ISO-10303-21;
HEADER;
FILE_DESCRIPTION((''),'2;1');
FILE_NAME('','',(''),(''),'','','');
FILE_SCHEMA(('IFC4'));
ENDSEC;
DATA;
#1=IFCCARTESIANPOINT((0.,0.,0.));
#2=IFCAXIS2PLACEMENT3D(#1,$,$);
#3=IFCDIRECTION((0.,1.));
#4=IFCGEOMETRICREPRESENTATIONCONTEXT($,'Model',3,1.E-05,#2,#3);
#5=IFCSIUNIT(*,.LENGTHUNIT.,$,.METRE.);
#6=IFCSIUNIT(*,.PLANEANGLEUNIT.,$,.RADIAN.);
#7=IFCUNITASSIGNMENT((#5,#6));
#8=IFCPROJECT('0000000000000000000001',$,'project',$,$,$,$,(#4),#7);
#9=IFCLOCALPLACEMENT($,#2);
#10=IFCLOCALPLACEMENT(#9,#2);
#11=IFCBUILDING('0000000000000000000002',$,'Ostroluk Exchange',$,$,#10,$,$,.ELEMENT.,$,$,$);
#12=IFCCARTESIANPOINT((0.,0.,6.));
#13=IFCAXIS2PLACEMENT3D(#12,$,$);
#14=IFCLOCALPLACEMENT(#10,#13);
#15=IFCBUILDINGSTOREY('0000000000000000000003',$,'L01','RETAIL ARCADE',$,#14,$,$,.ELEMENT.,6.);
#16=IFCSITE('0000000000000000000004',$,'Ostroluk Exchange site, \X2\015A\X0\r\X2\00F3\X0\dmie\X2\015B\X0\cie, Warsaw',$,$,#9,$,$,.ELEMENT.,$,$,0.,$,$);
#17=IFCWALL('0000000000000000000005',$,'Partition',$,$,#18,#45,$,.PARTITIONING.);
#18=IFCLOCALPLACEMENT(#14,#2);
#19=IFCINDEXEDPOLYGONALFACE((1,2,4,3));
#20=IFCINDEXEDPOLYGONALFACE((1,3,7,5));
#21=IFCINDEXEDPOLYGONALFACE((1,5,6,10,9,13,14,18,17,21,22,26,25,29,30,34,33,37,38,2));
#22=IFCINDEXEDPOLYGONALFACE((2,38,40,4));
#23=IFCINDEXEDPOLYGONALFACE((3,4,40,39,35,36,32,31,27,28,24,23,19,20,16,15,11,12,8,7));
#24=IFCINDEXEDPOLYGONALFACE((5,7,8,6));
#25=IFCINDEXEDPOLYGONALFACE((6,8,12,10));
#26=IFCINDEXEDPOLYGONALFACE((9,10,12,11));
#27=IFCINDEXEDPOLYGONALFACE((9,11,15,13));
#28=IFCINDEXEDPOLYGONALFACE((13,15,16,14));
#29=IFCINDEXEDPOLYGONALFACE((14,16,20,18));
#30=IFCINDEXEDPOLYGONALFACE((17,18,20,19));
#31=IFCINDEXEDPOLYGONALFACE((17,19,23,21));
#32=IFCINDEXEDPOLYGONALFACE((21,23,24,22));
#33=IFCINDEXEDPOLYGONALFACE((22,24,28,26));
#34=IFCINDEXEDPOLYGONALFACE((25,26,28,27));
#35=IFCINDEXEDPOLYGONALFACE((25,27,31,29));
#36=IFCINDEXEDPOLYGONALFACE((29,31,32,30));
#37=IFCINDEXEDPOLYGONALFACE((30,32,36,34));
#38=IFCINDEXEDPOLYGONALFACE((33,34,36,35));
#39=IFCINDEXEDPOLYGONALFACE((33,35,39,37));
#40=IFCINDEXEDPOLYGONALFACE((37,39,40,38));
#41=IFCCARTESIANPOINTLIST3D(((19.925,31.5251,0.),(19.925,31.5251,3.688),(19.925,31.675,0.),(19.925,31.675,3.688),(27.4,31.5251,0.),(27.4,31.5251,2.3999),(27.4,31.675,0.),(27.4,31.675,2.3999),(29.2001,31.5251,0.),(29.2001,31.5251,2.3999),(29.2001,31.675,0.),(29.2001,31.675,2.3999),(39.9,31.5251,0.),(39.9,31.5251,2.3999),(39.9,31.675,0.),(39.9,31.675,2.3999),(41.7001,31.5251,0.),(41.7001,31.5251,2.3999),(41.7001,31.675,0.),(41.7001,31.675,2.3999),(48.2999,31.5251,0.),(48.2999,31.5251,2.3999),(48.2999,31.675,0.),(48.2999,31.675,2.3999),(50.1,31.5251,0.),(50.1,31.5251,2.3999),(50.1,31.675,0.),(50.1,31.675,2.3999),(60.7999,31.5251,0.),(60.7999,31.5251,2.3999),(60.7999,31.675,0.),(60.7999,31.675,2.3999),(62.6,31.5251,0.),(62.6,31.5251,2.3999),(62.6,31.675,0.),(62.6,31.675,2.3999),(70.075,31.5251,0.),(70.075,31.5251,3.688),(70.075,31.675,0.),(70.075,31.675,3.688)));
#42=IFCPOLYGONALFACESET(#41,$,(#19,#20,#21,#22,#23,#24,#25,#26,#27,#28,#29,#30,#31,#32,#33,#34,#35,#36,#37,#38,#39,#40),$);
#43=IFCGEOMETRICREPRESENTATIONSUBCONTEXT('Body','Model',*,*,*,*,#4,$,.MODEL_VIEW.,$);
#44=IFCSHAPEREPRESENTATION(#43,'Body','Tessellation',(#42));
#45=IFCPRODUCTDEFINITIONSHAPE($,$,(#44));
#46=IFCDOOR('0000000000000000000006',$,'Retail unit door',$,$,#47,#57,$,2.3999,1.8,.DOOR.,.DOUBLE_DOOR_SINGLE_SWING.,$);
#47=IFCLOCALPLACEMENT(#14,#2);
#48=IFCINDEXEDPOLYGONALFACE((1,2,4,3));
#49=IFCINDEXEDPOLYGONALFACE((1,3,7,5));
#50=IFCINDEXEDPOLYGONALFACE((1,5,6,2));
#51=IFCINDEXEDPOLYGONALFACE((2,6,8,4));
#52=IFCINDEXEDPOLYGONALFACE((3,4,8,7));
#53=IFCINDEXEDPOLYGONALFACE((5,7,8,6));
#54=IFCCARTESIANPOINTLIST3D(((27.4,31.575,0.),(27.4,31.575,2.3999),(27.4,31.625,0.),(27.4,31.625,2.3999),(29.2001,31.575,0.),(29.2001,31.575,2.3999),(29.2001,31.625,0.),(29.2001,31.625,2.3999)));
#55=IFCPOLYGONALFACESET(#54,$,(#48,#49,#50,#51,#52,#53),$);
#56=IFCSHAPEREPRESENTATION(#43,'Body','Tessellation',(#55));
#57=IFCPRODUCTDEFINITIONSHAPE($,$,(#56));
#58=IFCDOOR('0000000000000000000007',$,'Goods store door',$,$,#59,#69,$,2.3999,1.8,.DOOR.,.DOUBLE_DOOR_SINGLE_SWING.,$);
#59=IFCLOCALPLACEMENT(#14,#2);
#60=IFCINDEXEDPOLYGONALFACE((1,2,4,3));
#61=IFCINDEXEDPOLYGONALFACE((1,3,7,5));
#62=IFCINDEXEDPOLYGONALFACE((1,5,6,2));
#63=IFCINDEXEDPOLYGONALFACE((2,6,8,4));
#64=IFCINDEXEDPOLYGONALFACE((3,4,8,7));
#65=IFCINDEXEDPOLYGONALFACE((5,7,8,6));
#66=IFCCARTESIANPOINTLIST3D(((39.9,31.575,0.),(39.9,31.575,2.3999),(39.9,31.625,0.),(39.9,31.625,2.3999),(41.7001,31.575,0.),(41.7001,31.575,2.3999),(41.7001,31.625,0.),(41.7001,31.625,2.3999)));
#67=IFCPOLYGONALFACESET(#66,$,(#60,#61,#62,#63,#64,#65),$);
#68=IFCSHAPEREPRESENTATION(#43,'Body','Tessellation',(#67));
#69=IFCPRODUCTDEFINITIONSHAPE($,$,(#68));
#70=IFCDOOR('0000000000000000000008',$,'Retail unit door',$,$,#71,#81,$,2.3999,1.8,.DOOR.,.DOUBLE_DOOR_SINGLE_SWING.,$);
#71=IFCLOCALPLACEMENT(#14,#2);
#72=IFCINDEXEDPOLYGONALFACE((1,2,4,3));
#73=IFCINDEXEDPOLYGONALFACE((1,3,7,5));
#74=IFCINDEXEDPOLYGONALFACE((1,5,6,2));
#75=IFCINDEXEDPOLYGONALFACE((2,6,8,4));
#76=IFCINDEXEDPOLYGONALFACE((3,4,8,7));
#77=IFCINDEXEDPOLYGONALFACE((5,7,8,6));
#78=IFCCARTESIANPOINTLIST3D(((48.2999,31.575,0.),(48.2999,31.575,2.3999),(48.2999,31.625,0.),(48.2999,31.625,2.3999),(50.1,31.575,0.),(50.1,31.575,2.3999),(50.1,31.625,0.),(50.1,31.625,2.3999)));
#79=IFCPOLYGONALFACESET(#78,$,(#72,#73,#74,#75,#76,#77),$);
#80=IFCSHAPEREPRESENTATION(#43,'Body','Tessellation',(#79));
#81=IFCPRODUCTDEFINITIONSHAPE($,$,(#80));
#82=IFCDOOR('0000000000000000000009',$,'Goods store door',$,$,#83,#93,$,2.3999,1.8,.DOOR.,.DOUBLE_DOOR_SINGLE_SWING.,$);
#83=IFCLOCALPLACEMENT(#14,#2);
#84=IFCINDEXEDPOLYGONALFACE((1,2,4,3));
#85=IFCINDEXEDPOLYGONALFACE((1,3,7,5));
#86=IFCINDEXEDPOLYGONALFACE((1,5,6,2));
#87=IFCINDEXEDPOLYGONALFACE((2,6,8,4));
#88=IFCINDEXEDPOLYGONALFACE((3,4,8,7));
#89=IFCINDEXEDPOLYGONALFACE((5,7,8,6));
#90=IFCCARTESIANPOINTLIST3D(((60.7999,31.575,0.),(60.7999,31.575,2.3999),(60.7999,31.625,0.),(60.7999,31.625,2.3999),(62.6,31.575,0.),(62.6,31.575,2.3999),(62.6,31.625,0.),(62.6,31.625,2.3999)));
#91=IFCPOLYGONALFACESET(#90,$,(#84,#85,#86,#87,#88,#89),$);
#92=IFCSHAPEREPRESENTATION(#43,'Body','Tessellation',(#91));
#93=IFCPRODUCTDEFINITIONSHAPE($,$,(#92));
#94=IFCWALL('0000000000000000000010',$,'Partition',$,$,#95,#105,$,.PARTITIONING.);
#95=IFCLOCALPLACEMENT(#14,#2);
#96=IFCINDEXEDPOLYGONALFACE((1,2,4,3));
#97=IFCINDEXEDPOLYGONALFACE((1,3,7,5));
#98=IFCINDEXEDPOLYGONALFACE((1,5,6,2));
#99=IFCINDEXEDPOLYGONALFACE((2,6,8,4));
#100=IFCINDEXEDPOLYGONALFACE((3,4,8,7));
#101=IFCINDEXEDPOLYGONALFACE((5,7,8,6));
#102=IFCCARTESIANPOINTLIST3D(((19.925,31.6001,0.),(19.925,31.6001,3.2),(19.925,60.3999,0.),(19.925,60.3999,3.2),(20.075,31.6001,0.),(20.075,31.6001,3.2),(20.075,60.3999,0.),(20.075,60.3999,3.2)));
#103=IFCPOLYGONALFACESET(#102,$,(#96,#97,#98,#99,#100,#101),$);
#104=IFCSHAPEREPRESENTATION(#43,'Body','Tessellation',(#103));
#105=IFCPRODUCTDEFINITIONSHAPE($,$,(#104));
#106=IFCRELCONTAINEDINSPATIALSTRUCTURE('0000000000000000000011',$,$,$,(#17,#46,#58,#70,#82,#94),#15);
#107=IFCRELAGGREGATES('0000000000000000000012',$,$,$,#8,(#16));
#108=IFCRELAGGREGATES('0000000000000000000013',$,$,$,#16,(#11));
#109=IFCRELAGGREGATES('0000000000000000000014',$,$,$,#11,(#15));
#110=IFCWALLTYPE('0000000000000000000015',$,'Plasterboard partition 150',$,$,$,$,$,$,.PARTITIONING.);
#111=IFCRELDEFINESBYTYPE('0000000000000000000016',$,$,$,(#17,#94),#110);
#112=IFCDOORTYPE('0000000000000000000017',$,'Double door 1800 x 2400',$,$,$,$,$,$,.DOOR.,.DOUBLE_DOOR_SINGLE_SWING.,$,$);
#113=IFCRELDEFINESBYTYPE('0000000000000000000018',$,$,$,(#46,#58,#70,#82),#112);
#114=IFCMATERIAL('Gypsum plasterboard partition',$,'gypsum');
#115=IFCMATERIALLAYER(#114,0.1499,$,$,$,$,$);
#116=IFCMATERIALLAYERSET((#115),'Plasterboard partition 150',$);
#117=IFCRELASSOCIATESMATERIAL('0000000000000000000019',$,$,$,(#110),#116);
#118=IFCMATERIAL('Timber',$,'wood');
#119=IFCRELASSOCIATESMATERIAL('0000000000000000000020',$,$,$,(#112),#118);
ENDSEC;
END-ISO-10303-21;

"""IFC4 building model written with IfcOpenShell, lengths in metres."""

from ifc_helpers import new_model, si_unit, direction, frame, frame_2d, origin, place, context, subcontext, project, spatial, rectangle, extrude, material, layer, layer_set, type_object, element, fill, save


model = new_model("IFC4")

# Units and contexts
model_context = context("Model", 3, precision=1e-05, world=origin(), true_north=direction((0.0, 1.0)))
body_context = subcontext(model_context, "Body", "Model", "MODEL_VIEW")
ifc_project = project(units=[si_unit("LENGTHUNIT", "METRE"), si_unit("PLANEANGLEUNIT", "RADIAN")], contexts=[model_context])

# Site, building, storey
site_placement = place(None, origin())
site = spatial("IfcSite", under=ifc_project, at=site_placement, Name="Ostroluk Exchange site, Śródmieście, Warsaw", CompositionType="ELEMENT", RefElevation=0.0)
building_placement = place(site_placement, origin())
building = spatial("IfcBuilding", under=site, at=building_placement, Name="Ostroluk Exchange", CompositionType="ELEMENT")
storey_placement = place(building_placement, frame((0.0, 0.0, 6.0)))
storey = spatial("IfcBuildingStorey", under=building, at=storey_placement, Name="L01", Description="RETAIL ARCADE", CompositionType="ELEMENT", Elevation=6.0)

# Wall, openings, doors
ifc_material_1 = material(Name="Gypsum plasterboard partition", Category="gypsum")
ifc_layer_1 = layer(ifc_material_1, 0.1499)
ifc_layer_set_1 = layer_set([ifc_layer_1], Name="Plasterboard partition 150")
wall_type_1 = type_object("IfcWallType", Name="Plasterboard partition 150", PredefinedType="PARTITIONING", material=ifc_layer_set_1)
wall_1_placement = place(storey_placement, frame((19.925, 31.6001, 0.0), z_axis=(0.0, 0.0, 1.0), x_axis=(1.0, 0.0, 0.0)))
wall_1 = element("IfcWall", 1, at=wall_1_placement, inside=storey, type_object=wall_type_1, Name="Partition", PredefinedType="PARTITIONING", context=body_context, shape_type="SweptSolid", body=[
    extrude(rectangle(XDim=50.1499, YDim=0.1499, at=frame_2d((25.075, 0.0))), origin(), (0.0, 0.0, 1.0), 3.688),
])
opening_1_placement = place(wall_1_placement, frame((7.4751, 0.0, 0.0)))
opening_1 = element("IfcOpeningElement", 2, at=opening_1_placement, cuts=wall_1, PredefinedType="OPENING", context=body_context, shape_type="SweptSolid", body=[
    extrude(rectangle(XDim=1.8, YDim=2.3999, at=frame_2d((0.8999, 1.2))), frame((0.0, 0.085, 0.0), z_axis=(0.0, -1.0, 0.0), x_axis=(1.0, 0.0, 0.0)), (0.0, 0.0, 1.0), 0.1699),
])
opening_2_placement = place(wall_1_placement, frame((19.9751, 0.0, 0.0)))
opening_2 = element("IfcOpeningElement", 3, at=opening_2_placement, cuts=wall_1, PredefinedType="OPENING", context=body_context, shape_type="SweptSolid", body=[
    extrude(rectangle(XDim=1.8, YDim=2.3999, at=frame_2d((0.8999, 1.2))), frame((0.0, 0.085, 0.0), z_axis=(0.0, -1.0, 0.0), x_axis=(1.0, 0.0, 0.0)), (0.0, 0.0, 1.0), 0.1699),
])
opening_3_placement = place(wall_1_placement, frame((28.375, 0.0, 0.0)))
opening_3 = element("IfcOpeningElement", 4, at=opening_3_placement, cuts=wall_1, PredefinedType="OPENING", context=body_context, shape_type="SweptSolid", body=[
    extrude(rectangle(XDim=1.8, YDim=2.3999, at=frame_2d((0.8999, 1.2))), frame((0.0, 0.085, 0.0), z_axis=(0.0, -1.0, 0.0), x_axis=(1.0, 0.0, 0.0)), (0.0, 0.0, 1.0), 0.1699),
])
opening_4_placement = place(wall_1_placement, frame((40.875, 0.0, 0.0)))
opening_4 = element("IfcOpeningElement", 5, at=opening_4_placement, cuts=wall_1, PredefinedType="OPENING", context=body_context, shape_type="SweptSolid", body=[
    extrude(rectangle(XDim=1.8, YDim=2.3999, at=frame_2d((0.8999, 1.2))), frame((0.0, 0.085, 0.0), z_axis=(0.0, -1.0, 0.0), x_axis=(1.0, 0.0, 0.0)), (0.0, 0.0, 1.0), 0.1699),
])
ifc_material_2 = material(Name="Timber", Category="wood")
door_type = type_object("IfcDoorType", Name="Double door 1800 x 2400", OperationType="DOUBLE_DOOR_SINGLE_SWING", PredefinedType="DOOR", material=ifc_material_2)
door_1_placement = place(opening_1_placement, origin())
door_1 = element("IfcDoor", 6, at=door_1_placement, inside=storey, type_object=door_type, Name="Retail unit door", OperationType="DOUBLE_DOOR_SINGLE_SWING", OverallHeight=2.3999, OverallWidth=1.8, PredefinedType="DOOR", context=body_context, shape_type="SweptSolid", body=[
    extrude(rectangle(XDim=1.8, YDim=2.3999, at=frame_2d((0.8999, 1.2))), frame((0.0, 0.0249, 0.0), z_axis=(0.0, -1.0, 0.0), x_axis=(1.0, 0.0, 0.0)), (0.0, 0.0, 1.0), 0.05),
])
fill(opening_1, door_1)
door_2_placement = place(opening_2_placement, origin())
door_2 = element("IfcDoor", 7, at=door_2_placement, inside=storey, type_object=door_type, Name="Goods store door", OperationType="DOUBLE_DOOR_SINGLE_SWING", OverallHeight=2.3999, OverallWidth=1.8, PredefinedType="DOOR", context=body_context, shape_type="SweptSolid", body=[
    extrude(rectangle(XDim=1.8, YDim=2.3999, at=frame_2d((0.8999, 1.2))), frame((0.0, 0.0249, 0.0), z_axis=(0.0, -1.0, 0.0), x_axis=(1.0, 0.0, 0.0)), (0.0, 0.0, 1.0), 0.05),
])
fill(opening_2, door_2)
door_3_placement = place(opening_3_placement, origin())
door_3 = element("IfcDoor", 8, at=door_3_placement, inside=storey, type_object=door_type, Name="Retail unit door", OperationType="DOUBLE_DOOR_SINGLE_SWING", OverallHeight=2.3999, OverallWidth=1.8, PredefinedType="DOOR", context=body_context, shape_type="SweptSolid", body=[
    extrude(rectangle(XDim=1.8, YDim=2.3999, at=frame_2d((0.8999, 1.2))), frame((0.0, 0.0249, 0.0), z_axis=(0.0, -1.0, 0.0), x_axis=(1.0, 0.0, 0.0)), (0.0, 0.0, 1.0), 0.05),
])
fill(opening_3, door_3)
door_4_placement = place(opening_4_placement, origin())
door_4 = element("IfcDoor", 9, at=door_4_placement, inside=storey, type_object=door_type, Name="Goods store door", OperationType="DOUBLE_DOOR_SINGLE_SWING", OverallHeight=2.3999, OverallWidth=1.8, PredefinedType="DOOR", context=body_context, shape_type="SweptSolid", body=[
    extrude(rectangle(XDim=1.8, YDim=2.3999, at=frame_2d((0.8999, 1.2))), frame((0.0, 0.0249, 0.0), z_axis=(0.0, -1.0, 0.0), x_axis=(1.0, 0.0, 0.0)), (0.0, 0.0, 1.0), 0.05),
])
fill(opening_4, door_4)

# Wall
wall_2_placement = place(storey_placement, frame((20.0, 31.6001, 0.0), z_axis=(0.0, 0.0, 1.0), x_axis=(0.0, 1.0, 0.0)))
element("IfcWall", 10, at=wall_2_placement, inside=storey, type_object=wall_type_1, Name="Partition", PredefinedType="PARTITIONING", context=body_context, shape_type="SweptSolid", body=[
    extrude(rectangle(XDim=28.7998, YDim=0.1499, at=frame_2d((14.3999, 0.0))), origin(), (0.0, 0.0, 1.0), 3.2),
])

save(model, "model.ifc")
